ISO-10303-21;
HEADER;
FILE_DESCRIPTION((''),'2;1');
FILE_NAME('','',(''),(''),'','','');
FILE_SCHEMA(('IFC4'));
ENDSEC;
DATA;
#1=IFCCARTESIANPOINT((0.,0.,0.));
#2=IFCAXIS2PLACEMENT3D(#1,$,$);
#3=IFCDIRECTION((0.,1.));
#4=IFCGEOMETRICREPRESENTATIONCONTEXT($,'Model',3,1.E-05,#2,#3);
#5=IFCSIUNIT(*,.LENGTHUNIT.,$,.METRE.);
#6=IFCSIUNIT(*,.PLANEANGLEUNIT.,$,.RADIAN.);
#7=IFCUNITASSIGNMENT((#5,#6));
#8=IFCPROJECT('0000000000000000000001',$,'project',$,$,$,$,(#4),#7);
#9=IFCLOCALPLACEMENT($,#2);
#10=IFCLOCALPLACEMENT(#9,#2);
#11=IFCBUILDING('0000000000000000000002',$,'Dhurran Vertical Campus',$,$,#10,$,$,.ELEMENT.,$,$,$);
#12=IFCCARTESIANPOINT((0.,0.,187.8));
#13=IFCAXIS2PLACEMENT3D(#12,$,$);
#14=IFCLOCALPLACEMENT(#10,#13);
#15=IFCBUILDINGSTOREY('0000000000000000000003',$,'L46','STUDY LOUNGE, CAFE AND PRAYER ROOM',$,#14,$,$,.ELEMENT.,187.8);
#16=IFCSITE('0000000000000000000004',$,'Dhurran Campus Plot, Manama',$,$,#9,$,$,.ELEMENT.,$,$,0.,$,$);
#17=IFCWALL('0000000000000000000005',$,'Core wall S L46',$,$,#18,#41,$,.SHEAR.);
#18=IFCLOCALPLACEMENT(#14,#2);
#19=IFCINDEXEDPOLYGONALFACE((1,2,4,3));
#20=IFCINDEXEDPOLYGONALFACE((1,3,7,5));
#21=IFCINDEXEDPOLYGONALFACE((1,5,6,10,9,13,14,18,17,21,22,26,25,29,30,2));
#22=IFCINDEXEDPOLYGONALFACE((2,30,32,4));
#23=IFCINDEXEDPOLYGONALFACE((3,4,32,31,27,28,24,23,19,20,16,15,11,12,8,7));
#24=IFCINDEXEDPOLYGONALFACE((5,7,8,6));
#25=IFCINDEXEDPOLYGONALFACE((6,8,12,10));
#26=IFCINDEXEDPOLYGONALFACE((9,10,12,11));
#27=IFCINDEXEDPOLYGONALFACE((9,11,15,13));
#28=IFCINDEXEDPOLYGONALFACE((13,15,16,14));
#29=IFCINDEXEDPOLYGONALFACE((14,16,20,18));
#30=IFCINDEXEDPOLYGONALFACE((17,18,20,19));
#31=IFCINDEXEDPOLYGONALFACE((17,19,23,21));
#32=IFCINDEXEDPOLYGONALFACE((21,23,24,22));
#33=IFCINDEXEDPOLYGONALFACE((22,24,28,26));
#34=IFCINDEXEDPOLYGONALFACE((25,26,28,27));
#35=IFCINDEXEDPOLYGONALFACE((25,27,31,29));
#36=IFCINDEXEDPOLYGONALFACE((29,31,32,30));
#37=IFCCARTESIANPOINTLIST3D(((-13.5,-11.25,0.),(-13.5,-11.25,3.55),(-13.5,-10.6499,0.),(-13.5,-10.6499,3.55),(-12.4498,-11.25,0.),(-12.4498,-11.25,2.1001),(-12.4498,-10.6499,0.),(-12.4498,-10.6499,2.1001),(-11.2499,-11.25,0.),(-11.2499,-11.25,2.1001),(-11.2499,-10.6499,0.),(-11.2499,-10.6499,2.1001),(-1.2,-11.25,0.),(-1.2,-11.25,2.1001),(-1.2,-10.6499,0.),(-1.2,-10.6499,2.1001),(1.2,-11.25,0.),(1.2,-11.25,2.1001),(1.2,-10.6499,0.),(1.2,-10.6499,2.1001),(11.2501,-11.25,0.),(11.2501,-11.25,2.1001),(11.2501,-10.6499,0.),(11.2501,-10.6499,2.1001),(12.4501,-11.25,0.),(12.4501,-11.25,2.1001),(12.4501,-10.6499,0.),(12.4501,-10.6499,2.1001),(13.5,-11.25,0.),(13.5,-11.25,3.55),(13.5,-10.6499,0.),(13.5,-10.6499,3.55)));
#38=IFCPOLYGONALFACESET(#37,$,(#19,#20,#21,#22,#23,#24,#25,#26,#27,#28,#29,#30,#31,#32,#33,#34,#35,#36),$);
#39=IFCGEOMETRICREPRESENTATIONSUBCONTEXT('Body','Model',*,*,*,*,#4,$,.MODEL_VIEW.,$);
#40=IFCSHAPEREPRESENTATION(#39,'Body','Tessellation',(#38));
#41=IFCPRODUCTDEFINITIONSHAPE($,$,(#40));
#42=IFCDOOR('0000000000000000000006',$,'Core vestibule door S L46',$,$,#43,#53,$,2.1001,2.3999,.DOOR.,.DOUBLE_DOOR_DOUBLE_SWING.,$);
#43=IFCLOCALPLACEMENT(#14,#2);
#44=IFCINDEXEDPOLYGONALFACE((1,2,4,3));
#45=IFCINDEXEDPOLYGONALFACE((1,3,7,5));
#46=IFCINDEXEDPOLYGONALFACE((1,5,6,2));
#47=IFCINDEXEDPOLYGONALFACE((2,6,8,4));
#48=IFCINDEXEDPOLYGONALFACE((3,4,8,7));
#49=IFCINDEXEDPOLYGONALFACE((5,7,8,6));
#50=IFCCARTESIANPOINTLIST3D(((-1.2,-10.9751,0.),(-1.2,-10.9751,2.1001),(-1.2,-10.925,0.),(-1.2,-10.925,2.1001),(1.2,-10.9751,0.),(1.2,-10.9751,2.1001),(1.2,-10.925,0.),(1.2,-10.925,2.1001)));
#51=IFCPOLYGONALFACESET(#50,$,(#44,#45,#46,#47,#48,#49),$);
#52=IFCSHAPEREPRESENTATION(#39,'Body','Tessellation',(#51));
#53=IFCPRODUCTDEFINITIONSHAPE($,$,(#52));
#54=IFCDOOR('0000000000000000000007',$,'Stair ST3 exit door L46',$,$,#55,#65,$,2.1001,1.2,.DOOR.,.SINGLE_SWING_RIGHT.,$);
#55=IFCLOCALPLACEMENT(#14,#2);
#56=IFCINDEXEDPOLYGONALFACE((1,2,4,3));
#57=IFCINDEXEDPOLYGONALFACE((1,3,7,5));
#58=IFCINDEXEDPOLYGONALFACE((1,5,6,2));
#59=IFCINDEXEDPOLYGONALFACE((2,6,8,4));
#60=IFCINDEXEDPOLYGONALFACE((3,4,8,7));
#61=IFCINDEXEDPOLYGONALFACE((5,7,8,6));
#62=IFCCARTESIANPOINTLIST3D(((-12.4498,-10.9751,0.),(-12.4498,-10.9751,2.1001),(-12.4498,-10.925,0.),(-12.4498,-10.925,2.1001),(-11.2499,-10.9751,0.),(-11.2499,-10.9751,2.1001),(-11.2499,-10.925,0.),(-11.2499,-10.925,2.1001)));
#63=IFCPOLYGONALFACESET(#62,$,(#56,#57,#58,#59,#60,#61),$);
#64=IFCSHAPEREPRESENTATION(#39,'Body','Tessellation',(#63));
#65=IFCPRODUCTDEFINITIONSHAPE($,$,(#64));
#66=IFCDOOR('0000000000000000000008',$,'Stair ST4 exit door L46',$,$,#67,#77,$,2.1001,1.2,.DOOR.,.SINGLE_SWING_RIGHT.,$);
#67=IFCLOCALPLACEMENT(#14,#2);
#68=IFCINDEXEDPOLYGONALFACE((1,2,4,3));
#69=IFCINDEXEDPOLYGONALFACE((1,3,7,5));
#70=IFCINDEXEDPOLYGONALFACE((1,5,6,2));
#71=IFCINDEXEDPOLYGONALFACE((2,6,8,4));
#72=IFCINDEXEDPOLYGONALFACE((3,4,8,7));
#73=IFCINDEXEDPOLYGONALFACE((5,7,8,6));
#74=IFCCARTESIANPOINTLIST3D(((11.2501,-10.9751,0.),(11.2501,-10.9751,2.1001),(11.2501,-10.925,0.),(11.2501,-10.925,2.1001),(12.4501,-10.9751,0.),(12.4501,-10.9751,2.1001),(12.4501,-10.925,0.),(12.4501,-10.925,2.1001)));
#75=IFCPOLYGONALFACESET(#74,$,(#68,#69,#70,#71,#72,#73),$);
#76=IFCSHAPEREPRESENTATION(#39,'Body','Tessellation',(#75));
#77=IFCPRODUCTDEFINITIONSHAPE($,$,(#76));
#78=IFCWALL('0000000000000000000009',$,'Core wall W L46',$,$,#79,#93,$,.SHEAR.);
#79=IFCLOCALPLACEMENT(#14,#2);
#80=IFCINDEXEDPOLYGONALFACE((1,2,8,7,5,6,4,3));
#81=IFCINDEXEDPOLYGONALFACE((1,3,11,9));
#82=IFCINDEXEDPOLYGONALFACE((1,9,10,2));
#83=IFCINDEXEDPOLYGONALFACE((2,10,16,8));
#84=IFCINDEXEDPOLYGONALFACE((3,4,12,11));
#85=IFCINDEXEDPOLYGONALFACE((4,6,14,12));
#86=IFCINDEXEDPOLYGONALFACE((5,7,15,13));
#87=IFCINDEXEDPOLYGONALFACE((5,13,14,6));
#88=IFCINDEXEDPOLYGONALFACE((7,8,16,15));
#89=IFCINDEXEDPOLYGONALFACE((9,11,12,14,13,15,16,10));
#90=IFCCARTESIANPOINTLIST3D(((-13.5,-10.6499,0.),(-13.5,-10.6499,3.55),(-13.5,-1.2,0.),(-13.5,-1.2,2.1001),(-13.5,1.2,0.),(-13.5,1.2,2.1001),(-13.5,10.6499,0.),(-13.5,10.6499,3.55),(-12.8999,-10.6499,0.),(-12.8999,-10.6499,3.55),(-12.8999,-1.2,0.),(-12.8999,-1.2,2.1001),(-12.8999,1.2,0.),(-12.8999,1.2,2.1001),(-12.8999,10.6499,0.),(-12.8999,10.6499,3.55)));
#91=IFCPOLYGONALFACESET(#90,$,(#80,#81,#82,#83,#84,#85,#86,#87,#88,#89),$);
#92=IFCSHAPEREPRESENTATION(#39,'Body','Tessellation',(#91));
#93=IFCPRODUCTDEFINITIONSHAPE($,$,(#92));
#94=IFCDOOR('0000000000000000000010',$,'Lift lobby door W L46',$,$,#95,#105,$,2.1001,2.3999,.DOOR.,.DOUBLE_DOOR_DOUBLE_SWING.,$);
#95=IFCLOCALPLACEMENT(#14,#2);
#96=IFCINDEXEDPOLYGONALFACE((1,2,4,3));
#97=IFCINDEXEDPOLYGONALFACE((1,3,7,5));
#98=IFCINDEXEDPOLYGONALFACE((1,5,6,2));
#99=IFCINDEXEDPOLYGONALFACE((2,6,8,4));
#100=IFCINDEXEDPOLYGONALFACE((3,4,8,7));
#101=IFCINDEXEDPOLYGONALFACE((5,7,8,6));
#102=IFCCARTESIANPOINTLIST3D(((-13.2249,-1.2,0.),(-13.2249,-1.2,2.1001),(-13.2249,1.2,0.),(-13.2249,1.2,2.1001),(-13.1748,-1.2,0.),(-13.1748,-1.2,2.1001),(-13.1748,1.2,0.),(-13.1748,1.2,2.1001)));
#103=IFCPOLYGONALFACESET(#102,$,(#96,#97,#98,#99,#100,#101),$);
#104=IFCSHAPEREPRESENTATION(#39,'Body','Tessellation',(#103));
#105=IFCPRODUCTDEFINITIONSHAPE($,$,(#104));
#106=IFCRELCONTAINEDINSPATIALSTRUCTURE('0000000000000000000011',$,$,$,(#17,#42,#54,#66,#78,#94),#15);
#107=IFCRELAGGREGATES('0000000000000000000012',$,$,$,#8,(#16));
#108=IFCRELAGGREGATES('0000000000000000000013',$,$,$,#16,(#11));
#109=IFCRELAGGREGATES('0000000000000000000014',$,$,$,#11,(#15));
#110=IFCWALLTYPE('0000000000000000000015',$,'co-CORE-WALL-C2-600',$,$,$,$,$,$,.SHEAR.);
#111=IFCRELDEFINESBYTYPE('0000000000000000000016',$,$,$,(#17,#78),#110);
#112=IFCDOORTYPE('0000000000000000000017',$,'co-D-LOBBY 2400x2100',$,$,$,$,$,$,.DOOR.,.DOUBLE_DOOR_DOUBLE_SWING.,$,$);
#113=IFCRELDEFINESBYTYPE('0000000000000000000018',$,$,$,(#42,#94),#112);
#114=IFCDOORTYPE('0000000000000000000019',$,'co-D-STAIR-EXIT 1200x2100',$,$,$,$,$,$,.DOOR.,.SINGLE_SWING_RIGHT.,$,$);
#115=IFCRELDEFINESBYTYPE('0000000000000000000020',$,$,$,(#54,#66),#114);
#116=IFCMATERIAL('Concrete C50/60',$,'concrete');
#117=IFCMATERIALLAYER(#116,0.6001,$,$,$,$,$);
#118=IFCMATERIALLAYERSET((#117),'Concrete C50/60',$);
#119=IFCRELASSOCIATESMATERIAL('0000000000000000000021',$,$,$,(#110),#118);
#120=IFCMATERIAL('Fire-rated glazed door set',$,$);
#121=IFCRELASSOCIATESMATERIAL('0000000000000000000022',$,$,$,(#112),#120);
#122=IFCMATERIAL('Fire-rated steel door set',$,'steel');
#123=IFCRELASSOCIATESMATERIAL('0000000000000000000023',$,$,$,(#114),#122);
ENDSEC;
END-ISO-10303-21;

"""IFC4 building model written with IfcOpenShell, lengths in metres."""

from ifc_helpers import new_model, si_unit, direction, frame, frame_2d, origin, place, context, subcontext, project, spatial, rectangle, extrude, material, layer, layer_set, type_object, element, fill, save


model = new_model("IFC4")

# Units and contexts
model_context = context("Model", 3, precision=1e-05, world=origin(), true_north=direction((0.0, 1.0)))
body_context = subcontext(model_context, "Body", "Model", "MODEL_VIEW")
ifc_project = project(units=[si_unit("LENGTHUNIT", "METRE"), si_unit("PLANEANGLEUNIT", "RADIAN")], contexts=[model_context])

# Site, building, storey
site_placement = place(None, origin())
site = spatial("IfcSite", under=ifc_project, at=site_placement, Name="Dhurran Campus Plot, Manama", CompositionType="ELEMENT", RefElevation=0.0)
building_placement = place(site_placement, origin())
building = spatial("IfcBuilding", under=site, at=building_placement, Name="Dhurran Vertical Campus", CompositionType="ELEMENT")
storey_placement = place(building_placement, frame((0.0, 0.0, 187.8)))
storey = spatial("IfcBuildingStorey", under=building, at=storey_placement, Name="L46", Description="STUDY LOUNGE, CAFE AND PRAYER ROOM", CompositionType="ELEMENT", Elevation=187.8)

# Wall, openings, doors
ifc_material_1 = material(Name="Concrete C50/60", Category="concrete")
ifc_layer_1 = layer(ifc_material_1, 0.6001)
ifc_layer_set_1 = layer_set([ifc_layer_1], Name="Concrete C50/60")
wall_type_1 = type_object("IfcWallType", Name="co-CORE-WALL-C2-600", PredefinedType="SHEAR", material=ifc_layer_set_1)
wall_1_placement = place(storey_placement, frame((-13.5, -10.95, 0.0), z_axis=(0.0, 0.0, 1.0), x_axis=(1.0, 0.0, 0.0)))
wall_1 = element("IfcWall", 1, at=wall_1_placement, inside=storey, type_object=wall_type_1, Name="Core wall S L46", PredefinedType="SHEAR", context=body_context, shape_type="SweptSolid", body=[
    extrude(rectangle(XDim=27.0, YDim=0.6001, at=frame_2d((13.5, 0.0))), origin(), (0.0, 0.0, 1.0), 3.55),
])
opening_1_placement = place(wall_1_placement, frame((12.3, 0.0, 0.0)))
opening_1 = element("IfcOpeningElement", 2, at=opening_1_placement, cuts=wall_1, PredefinedType="OPENING", context=body_context, shape_type="SweptSolid", body=[
    extrude(rectangle(XDim=2.3999, YDim=2.1001, at=frame_2d((1.2, 1.05))), frame((0.0, 0.3101, 0.0), z_axis=(0.0, -1.0, 0.0), x_axis=(1.0, 0.0, 0.0)), (0.0, 0.0, 1.0), 0.6201),
])
opening_2_placement = place(wall_1_placement, frame((1.05, 0.0, 0.0)))
opening_2 = element("IfcOpeningElement", 3, at=opening_2_placement, cuts=wall_1, PredefinedType="OPENING", context=body_context, shape_type="SweptSolid", body=[
    extrude(rectangle(XDim=1.2, YDim=2.1001, at=frame_2d((0.6001, 1.05))), frame((0.0, 0.3101, 0.0), z_axis=(0.0, -1.0, 0.0), x_axis=(1.0, 0.0, 0.0)), (0.0, 0.0, 1.0), 0.6201),
])
opening_3_placement = place(wall_1_placement, frame((24.75, 0.0, 0.0)))
opening_3 = element("IfcOpeningElement", 4, at=opening_3_placement, cuts=wall_1, PredefinedType="OPENING", context=body_context, shape_type="SweptSolid", body=[
    extrude(rectangle(XDim=1.2, YDim=2.1001, at=frame_2d((0.6001, 1.05))), frame((0.0, 0.3101, 0.0), z_axis=(0.0, -1.0, 0.0), x_axis=(1.0, 0.0, 0.0)), (0.0, 0.0, 1.0), 0.6201),
])
ifc_material_2 = material(Name="Fire-rated glazed door set")
door_type_1 = type_object("IfcDoorType", Name="co-D-LOBBY 2400x2100", OperationType="DOUBLE_DOOR_DOUBLE_SWING", PredefinedType="DOOR", material=ifc_material_2)
door_1_placement = place(opening_1_placement, origin())
door_1 = element("IfcDoor", 5, at=door_1_placement, inside=storey, type_object=door_type_1, Name="Core vestibule door S L46", OperationType="DOUBLE_DOOR_DOUBLE_SWING", OverallHeight=2.1001, OverallWidth=2.3999, PredefinedType="DOOR", context=body_context, shape_type="SweptSolid", body=[
    extrude(rectangle(XDim=2.3999, YDim=2.1001, at=frame_2d((1.2, 1.05))), frame((0.0, 0.0249, 0.0), z_axis=(0.0, -1.0, 0.0), x_axis=(1.0, 0.0, 0.0)), (0.0, 0.0, 1.0), 0.05),
])
fill(opening_1, door_1)
ifc_material_3 = material(Name="Fire-rated steel door set", Category="steel")
door_type_2 = type_object("IfcDoorType", Name="co-D-STAIR-EXIT 1200x2100", OperationType="SINGLE_SWING_RIGHT", PredefinedType="DOOR", material=ifc_material_3)
door_2_placement = place(opening_2_placement, origin())
door_2 = element("IfcDoor", 6, at=door_2_placement, inside=storey, type_object=door_type_2, Name="Stair ST3 exit door L46", OperationType="SINGLE_SWING_RIGHT", OverallHeight=2.1001, OverallWidth=1.2, PredefinedType="DOOR", context=body_context, shape_type="SweptSolid", body=[
    extrude(rectangle(XDim=1.2, YDim=2.1001, at=frame_2d((0.6001, 1.05))), frame((0.0, 0.0249, 0.0), z_axis=(0.0, -1.0, 0.0), x_axis=(1.0, 0.0, 0.0)), (0.0, 0.0, 1.0), 0.05),
])
fill(opening_2, door_2)
door_3_placement = place(opening_3_placement, origin())
door_3 = element("IfcDoor", 7, at=door_3_placement, inside=storey, type_object=door_type_2, Name="Stair ST4 exit door L46", OperationType="SINGLE_SWING_RIGHT", OverallHeight=2.1001, OverallWidth=1.2, PredefinedType="DOOR", context=body_context, shape_type="SweptSolid", body=[
    extrude(rectangle(XDim=1.2, YDim=2.1001, at=frame_2d((0.6001, 1.05))), frame((0.0, 0.0249, 0.0), z_axis=(0.0, -1.0, 0.0), x_axis=(1.0, 0.0, 0.0)), (0.0, 0.0, 1.0), 0.05),
])
fill(opening_3, door_3)

# Wall, opening, door
wall_2_placement = place(storey_placement, frame((-13.2, -10.6499, 0.0), z_axis=(0.0, 0.0, 1.0), x_axis=(0.0, 1.0, 0.0)))
wall_2 = element("IfcWall", 8, at=wall_2_placement, inside=storey, type_object=wall_type_1, Name="Core wall W L46", PredefinedType="SHEAR", context=body_context, shape_type="SweptSolid", body=[
    extrude(rectangle(XDim=21.2998, YDim=0.6001, at=frame_2d((10.6499, 0.0))), origin(), (0.0, 0.0, 1.0), 3.55),
])
opening_4_placement = place(wall_2_placement, frame((9.45, 0.0, 0.0)))
opening_4 = element("IfcOpeningElement", 9, at=opening_4_placement, cuts=wall_2, PredefinedType="OPENING", context=body_context, shape_type="SweptSolid", body=[
    extrude(rectangle(XDim=2.3999, YDim=2.1001, at=frame_2d((1.2, 1.05))), frame((0.0, 0.3101, 0.0), z_axis=(0.0, -1.0, 0.0), x_axis=(1.0, 0.0, 0.0)), (0.0, 0.0, 1.0), 0.6201),
])
door_4_placement = place(opening_4_placement, origin())
door_4 = element("IfcDoor", 10, at=door_4_placement, inside=storey, type_object=door_type_1, Name="Lift lobby door W L46", OperationType="DOUBLE_DOOR_DOUBLE_SWING", OverallHeight=2.1001, OverallWidth=2.3999, PredefinedType="DOOR", context=body_context, shape_type="SweptSolid", body=[
    extrude(rectangle(XDim=2.3999, YDim=2.1001, at=frame_2d((1.2, 1.05))), frame((0.0, 0.0249, 0.0), z_axis=(0.0, -1.0, 0.0), x_axis=(1.0, 0.0, 0.0)), (0.0, 0.0, 1.0), 0.05),
])
fill(opening_4, door_4)

save(model, "model.ifc")
